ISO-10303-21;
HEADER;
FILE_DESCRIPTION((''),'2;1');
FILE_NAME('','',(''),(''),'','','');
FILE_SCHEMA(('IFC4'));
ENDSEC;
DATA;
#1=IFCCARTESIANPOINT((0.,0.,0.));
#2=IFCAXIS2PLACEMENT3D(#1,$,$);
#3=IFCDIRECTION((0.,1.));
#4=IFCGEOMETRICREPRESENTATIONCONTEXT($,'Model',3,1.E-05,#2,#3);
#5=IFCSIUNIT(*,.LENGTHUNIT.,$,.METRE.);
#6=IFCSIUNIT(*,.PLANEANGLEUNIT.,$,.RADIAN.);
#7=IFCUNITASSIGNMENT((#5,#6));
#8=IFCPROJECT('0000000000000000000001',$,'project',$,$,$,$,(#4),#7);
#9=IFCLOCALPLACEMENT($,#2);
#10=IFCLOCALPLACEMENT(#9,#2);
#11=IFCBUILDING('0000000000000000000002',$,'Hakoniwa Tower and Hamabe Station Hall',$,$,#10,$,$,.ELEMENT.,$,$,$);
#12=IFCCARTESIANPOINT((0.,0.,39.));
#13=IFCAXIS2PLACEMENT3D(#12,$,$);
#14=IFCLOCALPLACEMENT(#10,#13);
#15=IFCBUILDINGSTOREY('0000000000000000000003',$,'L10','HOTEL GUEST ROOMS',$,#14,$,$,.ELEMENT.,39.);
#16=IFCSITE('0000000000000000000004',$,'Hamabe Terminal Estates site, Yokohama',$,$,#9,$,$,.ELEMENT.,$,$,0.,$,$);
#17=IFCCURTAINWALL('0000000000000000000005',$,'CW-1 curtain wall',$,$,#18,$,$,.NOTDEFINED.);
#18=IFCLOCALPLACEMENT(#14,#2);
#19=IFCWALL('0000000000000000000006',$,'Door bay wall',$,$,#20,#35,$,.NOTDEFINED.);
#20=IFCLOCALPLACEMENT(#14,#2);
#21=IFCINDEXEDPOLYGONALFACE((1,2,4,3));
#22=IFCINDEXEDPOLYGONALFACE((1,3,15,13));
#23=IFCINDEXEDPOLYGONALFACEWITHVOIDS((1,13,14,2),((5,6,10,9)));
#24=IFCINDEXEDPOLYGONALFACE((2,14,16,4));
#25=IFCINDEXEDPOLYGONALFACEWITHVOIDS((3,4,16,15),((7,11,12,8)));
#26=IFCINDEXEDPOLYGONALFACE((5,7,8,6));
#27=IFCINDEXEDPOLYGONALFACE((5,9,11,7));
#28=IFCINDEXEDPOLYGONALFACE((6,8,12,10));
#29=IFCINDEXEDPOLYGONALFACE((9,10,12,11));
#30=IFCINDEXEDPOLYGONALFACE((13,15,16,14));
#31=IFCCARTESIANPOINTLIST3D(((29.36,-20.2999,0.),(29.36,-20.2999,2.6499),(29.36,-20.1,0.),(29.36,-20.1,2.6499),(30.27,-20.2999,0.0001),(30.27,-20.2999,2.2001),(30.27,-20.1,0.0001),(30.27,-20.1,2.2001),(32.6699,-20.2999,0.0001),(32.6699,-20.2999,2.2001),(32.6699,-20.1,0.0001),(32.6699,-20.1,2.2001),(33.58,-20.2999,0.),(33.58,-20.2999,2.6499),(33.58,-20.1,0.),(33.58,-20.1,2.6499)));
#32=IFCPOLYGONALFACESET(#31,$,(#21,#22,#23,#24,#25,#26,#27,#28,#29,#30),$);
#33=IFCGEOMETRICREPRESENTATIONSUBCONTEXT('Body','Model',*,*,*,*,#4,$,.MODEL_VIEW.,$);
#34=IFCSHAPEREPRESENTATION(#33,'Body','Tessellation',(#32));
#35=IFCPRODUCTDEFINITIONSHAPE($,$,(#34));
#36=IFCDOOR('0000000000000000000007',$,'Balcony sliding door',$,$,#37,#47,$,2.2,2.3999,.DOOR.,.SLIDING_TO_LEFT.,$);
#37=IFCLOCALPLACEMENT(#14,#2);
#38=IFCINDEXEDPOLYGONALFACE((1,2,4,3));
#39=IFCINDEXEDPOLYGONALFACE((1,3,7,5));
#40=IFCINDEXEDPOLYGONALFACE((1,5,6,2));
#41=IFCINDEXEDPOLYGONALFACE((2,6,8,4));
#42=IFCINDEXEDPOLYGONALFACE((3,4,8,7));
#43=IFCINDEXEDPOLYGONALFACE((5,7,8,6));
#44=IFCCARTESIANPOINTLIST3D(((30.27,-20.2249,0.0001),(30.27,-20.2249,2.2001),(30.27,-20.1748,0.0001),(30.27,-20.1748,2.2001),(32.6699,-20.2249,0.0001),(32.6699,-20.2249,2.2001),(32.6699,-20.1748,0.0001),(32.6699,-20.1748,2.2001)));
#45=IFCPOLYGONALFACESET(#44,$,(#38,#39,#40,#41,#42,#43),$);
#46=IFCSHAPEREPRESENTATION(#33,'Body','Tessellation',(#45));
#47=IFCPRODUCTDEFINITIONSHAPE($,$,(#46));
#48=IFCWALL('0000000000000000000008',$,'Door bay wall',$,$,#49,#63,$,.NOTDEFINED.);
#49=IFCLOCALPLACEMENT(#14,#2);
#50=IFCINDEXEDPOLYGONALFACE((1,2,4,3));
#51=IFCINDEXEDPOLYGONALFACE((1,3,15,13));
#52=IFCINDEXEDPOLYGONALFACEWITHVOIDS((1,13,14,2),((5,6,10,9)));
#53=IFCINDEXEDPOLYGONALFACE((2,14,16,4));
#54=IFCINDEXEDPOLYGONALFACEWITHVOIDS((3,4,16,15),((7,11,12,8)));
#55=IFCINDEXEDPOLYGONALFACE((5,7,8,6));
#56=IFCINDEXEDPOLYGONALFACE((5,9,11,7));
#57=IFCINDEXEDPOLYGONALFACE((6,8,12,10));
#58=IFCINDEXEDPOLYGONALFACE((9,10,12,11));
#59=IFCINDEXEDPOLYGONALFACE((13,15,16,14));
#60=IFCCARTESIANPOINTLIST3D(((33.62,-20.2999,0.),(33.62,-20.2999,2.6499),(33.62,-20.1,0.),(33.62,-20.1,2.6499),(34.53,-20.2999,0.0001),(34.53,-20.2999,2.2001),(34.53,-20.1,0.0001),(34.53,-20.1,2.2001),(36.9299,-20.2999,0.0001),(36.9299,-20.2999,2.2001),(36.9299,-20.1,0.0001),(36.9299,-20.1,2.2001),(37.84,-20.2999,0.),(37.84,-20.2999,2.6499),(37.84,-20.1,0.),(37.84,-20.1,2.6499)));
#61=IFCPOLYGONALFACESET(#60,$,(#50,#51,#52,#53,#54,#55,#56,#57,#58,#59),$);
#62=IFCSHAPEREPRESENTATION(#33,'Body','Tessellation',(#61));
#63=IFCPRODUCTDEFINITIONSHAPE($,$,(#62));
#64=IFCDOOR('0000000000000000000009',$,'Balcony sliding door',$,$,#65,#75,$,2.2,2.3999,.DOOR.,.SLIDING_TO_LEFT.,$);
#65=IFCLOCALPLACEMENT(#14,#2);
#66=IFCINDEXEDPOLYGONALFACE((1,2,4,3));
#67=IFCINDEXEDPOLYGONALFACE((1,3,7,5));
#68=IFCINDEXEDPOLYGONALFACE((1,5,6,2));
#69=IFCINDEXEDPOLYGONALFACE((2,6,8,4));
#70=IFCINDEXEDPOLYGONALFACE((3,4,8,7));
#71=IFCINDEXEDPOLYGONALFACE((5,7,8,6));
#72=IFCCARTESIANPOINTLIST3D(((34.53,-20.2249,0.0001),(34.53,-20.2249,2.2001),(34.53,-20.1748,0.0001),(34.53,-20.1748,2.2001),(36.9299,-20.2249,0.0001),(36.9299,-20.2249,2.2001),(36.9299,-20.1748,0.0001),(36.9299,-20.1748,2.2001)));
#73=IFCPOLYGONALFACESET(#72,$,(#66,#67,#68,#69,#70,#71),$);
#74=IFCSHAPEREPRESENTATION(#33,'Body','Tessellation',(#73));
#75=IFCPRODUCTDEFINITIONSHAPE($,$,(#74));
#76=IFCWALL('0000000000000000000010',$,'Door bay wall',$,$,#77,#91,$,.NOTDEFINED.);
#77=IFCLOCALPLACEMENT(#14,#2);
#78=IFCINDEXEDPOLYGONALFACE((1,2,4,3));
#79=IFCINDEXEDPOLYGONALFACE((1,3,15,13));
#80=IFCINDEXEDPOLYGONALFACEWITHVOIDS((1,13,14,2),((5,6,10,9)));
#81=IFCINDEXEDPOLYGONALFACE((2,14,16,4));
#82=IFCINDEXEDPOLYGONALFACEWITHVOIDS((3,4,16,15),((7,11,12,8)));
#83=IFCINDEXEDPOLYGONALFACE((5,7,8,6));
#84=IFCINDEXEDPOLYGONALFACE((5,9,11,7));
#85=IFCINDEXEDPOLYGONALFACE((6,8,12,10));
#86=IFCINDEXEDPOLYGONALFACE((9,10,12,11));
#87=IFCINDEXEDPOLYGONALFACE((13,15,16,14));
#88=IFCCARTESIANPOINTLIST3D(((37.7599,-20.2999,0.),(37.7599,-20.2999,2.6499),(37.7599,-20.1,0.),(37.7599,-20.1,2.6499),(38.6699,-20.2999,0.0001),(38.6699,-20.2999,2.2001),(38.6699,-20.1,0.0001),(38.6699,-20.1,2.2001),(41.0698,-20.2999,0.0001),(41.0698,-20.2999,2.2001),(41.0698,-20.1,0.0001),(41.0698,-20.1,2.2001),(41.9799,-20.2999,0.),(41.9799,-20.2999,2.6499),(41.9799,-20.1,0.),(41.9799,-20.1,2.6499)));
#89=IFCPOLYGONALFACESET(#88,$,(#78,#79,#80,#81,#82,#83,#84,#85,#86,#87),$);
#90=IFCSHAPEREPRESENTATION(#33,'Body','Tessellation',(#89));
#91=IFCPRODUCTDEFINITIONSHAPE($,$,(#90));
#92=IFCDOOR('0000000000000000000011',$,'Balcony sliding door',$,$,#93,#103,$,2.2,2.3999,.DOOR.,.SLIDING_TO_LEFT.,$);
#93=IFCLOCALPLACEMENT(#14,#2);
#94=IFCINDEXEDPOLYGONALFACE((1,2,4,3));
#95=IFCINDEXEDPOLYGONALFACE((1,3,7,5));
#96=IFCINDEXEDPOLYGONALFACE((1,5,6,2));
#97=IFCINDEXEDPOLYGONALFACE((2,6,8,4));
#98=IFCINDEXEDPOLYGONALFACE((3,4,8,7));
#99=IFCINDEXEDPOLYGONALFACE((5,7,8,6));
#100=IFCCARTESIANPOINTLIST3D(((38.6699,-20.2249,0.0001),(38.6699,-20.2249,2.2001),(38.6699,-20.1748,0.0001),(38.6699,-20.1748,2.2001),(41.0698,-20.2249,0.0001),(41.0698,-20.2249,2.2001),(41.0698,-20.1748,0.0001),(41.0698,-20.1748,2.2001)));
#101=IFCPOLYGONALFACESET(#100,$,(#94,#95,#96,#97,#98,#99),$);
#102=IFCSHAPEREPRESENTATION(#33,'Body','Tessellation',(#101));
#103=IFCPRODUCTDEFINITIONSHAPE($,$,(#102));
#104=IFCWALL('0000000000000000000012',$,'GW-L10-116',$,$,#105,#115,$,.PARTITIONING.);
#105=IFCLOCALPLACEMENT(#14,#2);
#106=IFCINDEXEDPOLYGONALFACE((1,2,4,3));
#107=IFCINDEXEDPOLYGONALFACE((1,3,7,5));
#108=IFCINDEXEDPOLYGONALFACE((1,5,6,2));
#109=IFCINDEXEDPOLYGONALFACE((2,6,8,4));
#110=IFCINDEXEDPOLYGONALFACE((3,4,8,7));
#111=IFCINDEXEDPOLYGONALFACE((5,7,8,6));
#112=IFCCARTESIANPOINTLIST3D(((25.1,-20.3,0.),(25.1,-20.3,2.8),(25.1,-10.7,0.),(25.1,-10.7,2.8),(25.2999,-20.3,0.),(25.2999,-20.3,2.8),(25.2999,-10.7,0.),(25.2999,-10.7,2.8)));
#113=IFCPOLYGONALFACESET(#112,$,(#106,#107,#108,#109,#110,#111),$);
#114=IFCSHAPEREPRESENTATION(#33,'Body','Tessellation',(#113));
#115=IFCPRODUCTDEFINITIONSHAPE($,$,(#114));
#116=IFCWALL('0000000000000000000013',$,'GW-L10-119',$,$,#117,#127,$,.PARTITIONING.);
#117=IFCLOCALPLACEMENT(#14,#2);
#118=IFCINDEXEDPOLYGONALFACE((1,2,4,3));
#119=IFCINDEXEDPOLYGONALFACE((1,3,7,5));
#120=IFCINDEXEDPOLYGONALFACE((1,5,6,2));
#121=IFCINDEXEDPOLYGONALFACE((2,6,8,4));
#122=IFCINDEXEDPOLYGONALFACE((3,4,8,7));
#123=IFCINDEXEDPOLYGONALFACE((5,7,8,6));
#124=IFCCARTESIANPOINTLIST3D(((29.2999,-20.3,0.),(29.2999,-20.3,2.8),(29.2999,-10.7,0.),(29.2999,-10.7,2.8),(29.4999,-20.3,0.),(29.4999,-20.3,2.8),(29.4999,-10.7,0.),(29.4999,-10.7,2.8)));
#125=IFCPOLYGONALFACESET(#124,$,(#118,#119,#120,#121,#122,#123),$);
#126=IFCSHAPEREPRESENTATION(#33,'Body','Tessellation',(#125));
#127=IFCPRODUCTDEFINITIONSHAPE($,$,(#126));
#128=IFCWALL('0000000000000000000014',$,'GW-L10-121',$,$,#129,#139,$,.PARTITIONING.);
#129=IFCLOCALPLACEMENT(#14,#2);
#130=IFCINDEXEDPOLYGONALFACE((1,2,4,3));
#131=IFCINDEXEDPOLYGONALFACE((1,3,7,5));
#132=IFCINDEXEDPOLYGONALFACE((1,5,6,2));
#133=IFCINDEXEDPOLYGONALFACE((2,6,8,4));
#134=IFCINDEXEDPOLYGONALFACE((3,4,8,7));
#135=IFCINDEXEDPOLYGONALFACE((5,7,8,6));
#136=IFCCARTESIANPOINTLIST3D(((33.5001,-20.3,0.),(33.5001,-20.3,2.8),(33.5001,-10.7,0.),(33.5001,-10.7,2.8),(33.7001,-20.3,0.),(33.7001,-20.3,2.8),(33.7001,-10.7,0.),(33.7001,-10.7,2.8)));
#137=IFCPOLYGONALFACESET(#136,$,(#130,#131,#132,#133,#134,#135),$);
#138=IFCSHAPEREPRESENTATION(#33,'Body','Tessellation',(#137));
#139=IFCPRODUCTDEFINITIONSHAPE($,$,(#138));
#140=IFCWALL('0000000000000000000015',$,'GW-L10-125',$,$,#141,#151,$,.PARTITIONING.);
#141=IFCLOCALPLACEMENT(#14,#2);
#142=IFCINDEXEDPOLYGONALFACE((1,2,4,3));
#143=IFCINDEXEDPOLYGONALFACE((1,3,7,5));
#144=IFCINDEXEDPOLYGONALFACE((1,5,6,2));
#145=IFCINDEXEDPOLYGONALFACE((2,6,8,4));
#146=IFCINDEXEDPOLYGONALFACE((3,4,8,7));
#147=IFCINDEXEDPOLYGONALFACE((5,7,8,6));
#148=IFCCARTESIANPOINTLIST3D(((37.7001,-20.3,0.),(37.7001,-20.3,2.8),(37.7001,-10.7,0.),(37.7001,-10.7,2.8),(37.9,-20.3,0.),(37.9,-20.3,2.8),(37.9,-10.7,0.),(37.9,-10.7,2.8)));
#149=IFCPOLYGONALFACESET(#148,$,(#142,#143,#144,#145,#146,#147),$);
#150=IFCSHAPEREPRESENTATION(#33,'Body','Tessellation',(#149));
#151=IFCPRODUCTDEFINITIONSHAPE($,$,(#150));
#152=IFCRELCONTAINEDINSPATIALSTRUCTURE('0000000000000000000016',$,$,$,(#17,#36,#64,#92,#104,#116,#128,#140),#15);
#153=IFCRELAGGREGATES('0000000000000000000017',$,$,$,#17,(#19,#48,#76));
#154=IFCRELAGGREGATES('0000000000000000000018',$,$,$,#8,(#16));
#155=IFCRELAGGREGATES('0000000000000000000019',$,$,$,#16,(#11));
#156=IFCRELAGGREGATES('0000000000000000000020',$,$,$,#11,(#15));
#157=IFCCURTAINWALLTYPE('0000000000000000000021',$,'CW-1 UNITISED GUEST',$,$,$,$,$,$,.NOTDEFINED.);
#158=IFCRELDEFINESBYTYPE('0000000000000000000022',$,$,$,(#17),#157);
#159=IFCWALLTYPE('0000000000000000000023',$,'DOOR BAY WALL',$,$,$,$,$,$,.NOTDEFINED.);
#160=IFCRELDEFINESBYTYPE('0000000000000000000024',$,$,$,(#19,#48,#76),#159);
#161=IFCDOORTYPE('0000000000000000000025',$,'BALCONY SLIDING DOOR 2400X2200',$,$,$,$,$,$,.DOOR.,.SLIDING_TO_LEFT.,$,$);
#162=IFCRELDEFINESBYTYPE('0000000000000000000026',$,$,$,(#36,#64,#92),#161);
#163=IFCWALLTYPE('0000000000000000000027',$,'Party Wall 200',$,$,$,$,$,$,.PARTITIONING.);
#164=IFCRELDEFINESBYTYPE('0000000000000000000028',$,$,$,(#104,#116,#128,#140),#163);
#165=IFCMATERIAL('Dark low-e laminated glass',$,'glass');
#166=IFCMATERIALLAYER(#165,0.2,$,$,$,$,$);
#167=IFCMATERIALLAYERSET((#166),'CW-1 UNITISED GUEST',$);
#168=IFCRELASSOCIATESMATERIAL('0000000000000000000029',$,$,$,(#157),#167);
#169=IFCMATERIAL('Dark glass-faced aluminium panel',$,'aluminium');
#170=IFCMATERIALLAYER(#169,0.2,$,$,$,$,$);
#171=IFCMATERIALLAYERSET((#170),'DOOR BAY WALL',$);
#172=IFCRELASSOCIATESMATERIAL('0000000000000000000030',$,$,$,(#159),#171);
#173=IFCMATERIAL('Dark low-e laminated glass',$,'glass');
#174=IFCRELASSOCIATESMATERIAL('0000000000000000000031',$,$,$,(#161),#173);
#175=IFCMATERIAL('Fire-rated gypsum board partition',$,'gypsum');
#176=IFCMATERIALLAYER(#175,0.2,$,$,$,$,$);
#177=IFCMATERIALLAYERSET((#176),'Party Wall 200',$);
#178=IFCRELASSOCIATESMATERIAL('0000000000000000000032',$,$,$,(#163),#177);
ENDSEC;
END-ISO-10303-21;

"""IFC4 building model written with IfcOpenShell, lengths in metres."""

from ifc_helpers import new_model, si_unit, direction, frame, frame_2d, origin, place, context, subcontext, project, spatial, rectangle, extrude, material, layer, layer_set, type_object, element, fill, aggregate, save


model = new_model("IFC4")

# Units and contexts
model_context = context("Model", 3, precision=1e-05, world=origin(), true_north=direction((0.0, 1.0)))
body_context = subcontext(model_context, "Body", "Model", "MODEL_VIEW")
ifc_project = project(units=[si_unit("LENGTHUNIT", "METRE"), si_unit("PLANEANGLEUNIT", "RADIAN")], contexts=[model_context])

# Site, building, storey
site_placement = place(None, origin())
site = spatial("IfcSite", under=ifc_project, at=site_placement, Name="Hamabe Terminal Estates site, Yokohama", CompositionType="ELEMENT", RefElevation=0.0)
building_placement = place(site_placement, origin())
building = spatial("IfcBuilding", under=site, at=building_placement, Name="Hakoniwa Tower and Hamabe Station Hall", CompositionType="ELEMENT")
storey_placement = place(building_placement, frame((0.0, 0.0, 39.0)))
storey = spatial("IfcBuildingStorey", under=building, at=storey_placement, Name="L10", Description="HOTEL GUEST ROOMS", CompositionType="ELEMENT", Elevation=39.0)

# Curtain wall
ifc_material_1 = material(Name="Dark low-e laminated glass", Category="glass")
ifc_layer_1 = layer(ifc_material_1, 0.2)
ifc_layer_set_1 = layer_set([ifc_layer_1], Name="CW-1 UNITISED GUEST")
curtain_wall_type = type_object("IfcCurtainWallType", Name="CW-1 UNITISED GUEST", PredefinedType="NOTDEFINED", material=ifc_layer_set_1)
curtain_wall_placement = place(storey_placement, origin())
curtain_wall = element("IfcCurtainWall", 1, at=curtain_wall_placement, inside=storey, type_object=curtain_wall_type, Name="CW-1 curtain wall", PredefinedType="NOTDEFINED")

# Walls, openings, doors
ifc_material_2 = material(Name="Dark glass-faced aluminium panel", Category="aluminium")
ifc_layer_2 = layer(ifc_material_2, 0.2)
ifc_layer_set_2 = layer_set([ifc_layer_2], Name="DOOR BAY WALL")
wall_type_1 = type_object("IfcWallType", Name="DOOR BAY WALL", PredefinedType="NOTDEFINED", material=ifc_layer_set_2)
ifc_material_3 = material(Name="Dark low-e laminated glass", Category="glass")
door_type_1 = type_object("IfcDoorType", Name="BALCONY SLIDING DOOR 2400X2200", OperationType="SLIDING_TO_LEFT", PredefinedType="DOOR", material=ifc_material_3)
wall_1_placement = place(storey_placement, frame((29.3601, -20.2, 0.0), z_axis=(0.0, 0.0, 1.0), x_axis=(1.0, 0.0, 0.0)))
wall_1 = element("IfcWall", 2, at=wall_1_placement, type_object=wall_type_1, Name="Door bay wall", PredefinedType="NOTDEFINED", context=body_context, shape_type="SweptSolid", body=[
    extrude(rectangle(XDim=4.22, YDim=0.2, at=frame_2d((2.1099, 0.0))), origin(), (0.0, 0.0, 1.0), 2.6499),
])
opening_1_placement = place(wall_1_placement, frame((0.9099, 0.0, 0.0)))
opening_1 = element("IfcOpeningElement", 3, at=opening_1_placement, cuts=wall_1, PredefinedType="OPENING", context=body_context, shape_type="SweptSolid", body=[
    extrude(rectangle(XDim=2.3999, YDim=2.2, at=frame_2d((1.2, 1.1001))), frame((0.0, 0.1099, 0.0), z_axis=(0.0, -1.0, 0.0), x_axis=(1.0, 0.0, 0.0)), (0.0, 0.0, 1.0), 0.22),
])
door_1_placement = place(opening_1_placement, frame((2.3999, 0.0, 0.0), z_axis=(0.0, 0.0, 1.0), x_axis=(-1.0, 0.0, 0.0)))
door_1 = element("IfcDoor", 4, at=door_1_placement, inside=storey, type_object=door_type_1, Name="Balcony sliding door", OperationType="SLIDING_TO_LEFT", OverallHeight=2.2, OverallWidth=2.3999, PredefinedType="DOOR", context=body_context, shape_type="SweptSolid", body=[
    extrude(rectangle(XDim=2.3999, YDim=2.2, at=frame_2d((1.2, 1.1001))), frame((0.0, 0.0249, 0.0), z_axis=(0.0, -1.0, 0.0), x_axis=(1.0, 0.0, 0.0)), (0.0, 0.0, 1.0), 0.05),
])
fill(opening_1, door_1)
wall_2_placement = place(storey_placement, frame((33.6201, -20.2, 0.0), z_axis=(0.0, 0.0, 1.0), x_axis=(1.0, 0.0, 0.0)))
wall_2 = element("IfcWall", 5, at=wall_2_placement, type_object=wall_type_1, Name="Door bay wall", PredefinedType="NOTDEFINED", context=body_context, shape_type="SweptSolid", body=[
    extrude(rectangle(XDim=4.22, YDim=0.2, at=frame_2d((2.1099, 0.0))), origin(), (0.0, 0.0, 1.0), 2.6499),
])
opening_2_placement = place(wall_2_placement, frame((0.9099, 0.0, 0.0)))
opening_2 = element("IfcOpeningElement", 6, at=opening_2_placement, cuts=wall_2, PredefinedType="OPENING", context=body_context, shape_type="SweptSolid", body=[
    extrude(rectangle(XDim=2.3999, YDim=2.2, at=frame_2d((1.2, 1.1001))), frame((0.0, 0.1099, 0.0), z_axis=(0.0, -1.0, 0.0), x_axis=(1.0, 0.0, 0.0)), (0.0, 0.0, 1.0), 0.22),
])
door_2_placement = place(opening_2_placement, frame((2.3999, 0.0, 0.0), z_axis=(0.0, 0.0, 1.0), x_axis=(-1.0, 0.0, 0.0)))
door_2 = element("IfcDoor", 7, at=door_2_placement, inside=storey, type_object=door_type_1, Name="Balcony sliding door", OperationType="SLIDING_TO_LEFT", OverallHeight=2.2, OverallWidth=2.3999, PredefinedType="DOOR", context=body_context, shape_type="SweptSolid", body=[
    extrude(rectangle(XDim=2.3999, YDim=2.2, at=frame_2d((1.2, 1.1001))), frame((0.0, 0.0249, 0.0), z_axis=(0.0, -1.0, 0.0), x_axis=(1.0, 0.0, 0.0)), (0.0, 0.0, 1.0), 0.05),
])
fill(opening_2, door_2)
wall_3_placement = place(storey_placement, frame((37.76, -20.2, 0.0), z_axis=(0.0, 0.0, 1.0), x_axis=(1.0, 0.0, 0.0)))
wall_3 = element("IfcWall", 8, at=wall_3_placement, type_object=wall_type_1, Name="Door bay wall", PredefinedType="NOTDEFINED", context=body_context, shape_type="SweptSolid", body=[
    extrude(rectangle(XDim=4.22, YDim=0.2, at=frame_2d((2.1099, 0.0))), origin(), (0.0, 0.0, 1.0), 2.6499),
])
opening_3_placement = place(wall_3_placement, frame((0.9099, 0.0, 0.0)))
opening_3 = element("IfcOpeningElement", 9, at=opening_3_placement, cuts=wall_3, PredefinedType="OPENING", context=body_context, shape_type="SweptSolid", body=[
    extrude(rectangle(XDim=2.3999, YDim=2.2, at=frame_2d((1.2, 1.1001))), frame((0.0, 0.1099, 0.0), z_axis=(0.0, -1.0, 0.0), x_axis=(1.0, 0.0, 0.0)), (0.0, 0.0, 1.0), 0.22),
])
door_3_placement = place(opening_3_placement, frame((2.3999, 0.0, 0.0), z_axis=(0.0, 0.0, 1.0), x_axis=(-1.0, 0.0, 0.0)))
door_3 = element("IfcDoor", 10, at=door_3_placement, inside=storey, type_object=door_type_1, Name="Balcony sliding door", OperationType="SLIDING_TO_LEFT", OverallHeight=2.2, OverallWidth=2.3999, PredefinedType="DOOR", context=body_context, shape_type="SweptSolid", body=[
    extrude(rectangle(XDim=2.3999, YDim=2.2, at=frame_2d((1.2, 1.1001))), frame((0.0, 0.0249, 0.0), z_axis=(0.0, -1.0, 0.0), x_axis=(1.0, 0.0, 0.0)), (0.0, 0.0, 1.0), 0.05),
])
fill(opening_3, door_3)
aggregate(curtain_wall, [wall_1, wall_2, wall_3])

# Walls
ifc_material_4 = material(Name="Fire-rated gypsum board partition", Category="gypsum")
ifc_layer_3 = layer(ifc_material_4, 0.2)
ifc_layer_set_3 = layer_set([ifc_layer_3], Name="Party Wall 200")
wall_type_2 = type_object("IfcWallType", Name="Party Wall 200", PredefinedType="PARTITIONING", material=ifc_layer_set_3)
for number, where, z_axis, x_axis, name in (
    (11, (25.2, -20.3, 0.0), (0.0, 0.0, 1.0), (0.0, 1.0, 0.0), "GW-L10-116"),
    (12, (29.3999, -20.3, 0.0), (0.0, 0.0, 1.0), (0.0, 1.0, 0.0), "GW-L10-119"),
    (13, (33.6001, -20.3, 0.0), (0.0, 0.0, 1.0), (0.0, 1.0, 0.0), "GW-L10-121"),
    (14, (37.8, -20.3, 0.0), (0.0, 0.0, 1.0), (0.0, 1.0, 0.0), "GW-L10-125"),
):
    element("IfcWall", number, at=place(storey_placement, frame(where, z_axis=z_axis, x_axis=x_axis)), inside=storey, type_object=wall_type_2, Name=name, PredefinedType="PARTITIONING", context=body_context, shape_type="SweptSolid", body=[
        extrude(rectangle(XDim=9.6001, YDim=0.2, at=frame_2d((4.8, 0.0))), origin(), (0.0, 0.0, 1.0), 2.8),
    ])

save(model, "model.ifc")
